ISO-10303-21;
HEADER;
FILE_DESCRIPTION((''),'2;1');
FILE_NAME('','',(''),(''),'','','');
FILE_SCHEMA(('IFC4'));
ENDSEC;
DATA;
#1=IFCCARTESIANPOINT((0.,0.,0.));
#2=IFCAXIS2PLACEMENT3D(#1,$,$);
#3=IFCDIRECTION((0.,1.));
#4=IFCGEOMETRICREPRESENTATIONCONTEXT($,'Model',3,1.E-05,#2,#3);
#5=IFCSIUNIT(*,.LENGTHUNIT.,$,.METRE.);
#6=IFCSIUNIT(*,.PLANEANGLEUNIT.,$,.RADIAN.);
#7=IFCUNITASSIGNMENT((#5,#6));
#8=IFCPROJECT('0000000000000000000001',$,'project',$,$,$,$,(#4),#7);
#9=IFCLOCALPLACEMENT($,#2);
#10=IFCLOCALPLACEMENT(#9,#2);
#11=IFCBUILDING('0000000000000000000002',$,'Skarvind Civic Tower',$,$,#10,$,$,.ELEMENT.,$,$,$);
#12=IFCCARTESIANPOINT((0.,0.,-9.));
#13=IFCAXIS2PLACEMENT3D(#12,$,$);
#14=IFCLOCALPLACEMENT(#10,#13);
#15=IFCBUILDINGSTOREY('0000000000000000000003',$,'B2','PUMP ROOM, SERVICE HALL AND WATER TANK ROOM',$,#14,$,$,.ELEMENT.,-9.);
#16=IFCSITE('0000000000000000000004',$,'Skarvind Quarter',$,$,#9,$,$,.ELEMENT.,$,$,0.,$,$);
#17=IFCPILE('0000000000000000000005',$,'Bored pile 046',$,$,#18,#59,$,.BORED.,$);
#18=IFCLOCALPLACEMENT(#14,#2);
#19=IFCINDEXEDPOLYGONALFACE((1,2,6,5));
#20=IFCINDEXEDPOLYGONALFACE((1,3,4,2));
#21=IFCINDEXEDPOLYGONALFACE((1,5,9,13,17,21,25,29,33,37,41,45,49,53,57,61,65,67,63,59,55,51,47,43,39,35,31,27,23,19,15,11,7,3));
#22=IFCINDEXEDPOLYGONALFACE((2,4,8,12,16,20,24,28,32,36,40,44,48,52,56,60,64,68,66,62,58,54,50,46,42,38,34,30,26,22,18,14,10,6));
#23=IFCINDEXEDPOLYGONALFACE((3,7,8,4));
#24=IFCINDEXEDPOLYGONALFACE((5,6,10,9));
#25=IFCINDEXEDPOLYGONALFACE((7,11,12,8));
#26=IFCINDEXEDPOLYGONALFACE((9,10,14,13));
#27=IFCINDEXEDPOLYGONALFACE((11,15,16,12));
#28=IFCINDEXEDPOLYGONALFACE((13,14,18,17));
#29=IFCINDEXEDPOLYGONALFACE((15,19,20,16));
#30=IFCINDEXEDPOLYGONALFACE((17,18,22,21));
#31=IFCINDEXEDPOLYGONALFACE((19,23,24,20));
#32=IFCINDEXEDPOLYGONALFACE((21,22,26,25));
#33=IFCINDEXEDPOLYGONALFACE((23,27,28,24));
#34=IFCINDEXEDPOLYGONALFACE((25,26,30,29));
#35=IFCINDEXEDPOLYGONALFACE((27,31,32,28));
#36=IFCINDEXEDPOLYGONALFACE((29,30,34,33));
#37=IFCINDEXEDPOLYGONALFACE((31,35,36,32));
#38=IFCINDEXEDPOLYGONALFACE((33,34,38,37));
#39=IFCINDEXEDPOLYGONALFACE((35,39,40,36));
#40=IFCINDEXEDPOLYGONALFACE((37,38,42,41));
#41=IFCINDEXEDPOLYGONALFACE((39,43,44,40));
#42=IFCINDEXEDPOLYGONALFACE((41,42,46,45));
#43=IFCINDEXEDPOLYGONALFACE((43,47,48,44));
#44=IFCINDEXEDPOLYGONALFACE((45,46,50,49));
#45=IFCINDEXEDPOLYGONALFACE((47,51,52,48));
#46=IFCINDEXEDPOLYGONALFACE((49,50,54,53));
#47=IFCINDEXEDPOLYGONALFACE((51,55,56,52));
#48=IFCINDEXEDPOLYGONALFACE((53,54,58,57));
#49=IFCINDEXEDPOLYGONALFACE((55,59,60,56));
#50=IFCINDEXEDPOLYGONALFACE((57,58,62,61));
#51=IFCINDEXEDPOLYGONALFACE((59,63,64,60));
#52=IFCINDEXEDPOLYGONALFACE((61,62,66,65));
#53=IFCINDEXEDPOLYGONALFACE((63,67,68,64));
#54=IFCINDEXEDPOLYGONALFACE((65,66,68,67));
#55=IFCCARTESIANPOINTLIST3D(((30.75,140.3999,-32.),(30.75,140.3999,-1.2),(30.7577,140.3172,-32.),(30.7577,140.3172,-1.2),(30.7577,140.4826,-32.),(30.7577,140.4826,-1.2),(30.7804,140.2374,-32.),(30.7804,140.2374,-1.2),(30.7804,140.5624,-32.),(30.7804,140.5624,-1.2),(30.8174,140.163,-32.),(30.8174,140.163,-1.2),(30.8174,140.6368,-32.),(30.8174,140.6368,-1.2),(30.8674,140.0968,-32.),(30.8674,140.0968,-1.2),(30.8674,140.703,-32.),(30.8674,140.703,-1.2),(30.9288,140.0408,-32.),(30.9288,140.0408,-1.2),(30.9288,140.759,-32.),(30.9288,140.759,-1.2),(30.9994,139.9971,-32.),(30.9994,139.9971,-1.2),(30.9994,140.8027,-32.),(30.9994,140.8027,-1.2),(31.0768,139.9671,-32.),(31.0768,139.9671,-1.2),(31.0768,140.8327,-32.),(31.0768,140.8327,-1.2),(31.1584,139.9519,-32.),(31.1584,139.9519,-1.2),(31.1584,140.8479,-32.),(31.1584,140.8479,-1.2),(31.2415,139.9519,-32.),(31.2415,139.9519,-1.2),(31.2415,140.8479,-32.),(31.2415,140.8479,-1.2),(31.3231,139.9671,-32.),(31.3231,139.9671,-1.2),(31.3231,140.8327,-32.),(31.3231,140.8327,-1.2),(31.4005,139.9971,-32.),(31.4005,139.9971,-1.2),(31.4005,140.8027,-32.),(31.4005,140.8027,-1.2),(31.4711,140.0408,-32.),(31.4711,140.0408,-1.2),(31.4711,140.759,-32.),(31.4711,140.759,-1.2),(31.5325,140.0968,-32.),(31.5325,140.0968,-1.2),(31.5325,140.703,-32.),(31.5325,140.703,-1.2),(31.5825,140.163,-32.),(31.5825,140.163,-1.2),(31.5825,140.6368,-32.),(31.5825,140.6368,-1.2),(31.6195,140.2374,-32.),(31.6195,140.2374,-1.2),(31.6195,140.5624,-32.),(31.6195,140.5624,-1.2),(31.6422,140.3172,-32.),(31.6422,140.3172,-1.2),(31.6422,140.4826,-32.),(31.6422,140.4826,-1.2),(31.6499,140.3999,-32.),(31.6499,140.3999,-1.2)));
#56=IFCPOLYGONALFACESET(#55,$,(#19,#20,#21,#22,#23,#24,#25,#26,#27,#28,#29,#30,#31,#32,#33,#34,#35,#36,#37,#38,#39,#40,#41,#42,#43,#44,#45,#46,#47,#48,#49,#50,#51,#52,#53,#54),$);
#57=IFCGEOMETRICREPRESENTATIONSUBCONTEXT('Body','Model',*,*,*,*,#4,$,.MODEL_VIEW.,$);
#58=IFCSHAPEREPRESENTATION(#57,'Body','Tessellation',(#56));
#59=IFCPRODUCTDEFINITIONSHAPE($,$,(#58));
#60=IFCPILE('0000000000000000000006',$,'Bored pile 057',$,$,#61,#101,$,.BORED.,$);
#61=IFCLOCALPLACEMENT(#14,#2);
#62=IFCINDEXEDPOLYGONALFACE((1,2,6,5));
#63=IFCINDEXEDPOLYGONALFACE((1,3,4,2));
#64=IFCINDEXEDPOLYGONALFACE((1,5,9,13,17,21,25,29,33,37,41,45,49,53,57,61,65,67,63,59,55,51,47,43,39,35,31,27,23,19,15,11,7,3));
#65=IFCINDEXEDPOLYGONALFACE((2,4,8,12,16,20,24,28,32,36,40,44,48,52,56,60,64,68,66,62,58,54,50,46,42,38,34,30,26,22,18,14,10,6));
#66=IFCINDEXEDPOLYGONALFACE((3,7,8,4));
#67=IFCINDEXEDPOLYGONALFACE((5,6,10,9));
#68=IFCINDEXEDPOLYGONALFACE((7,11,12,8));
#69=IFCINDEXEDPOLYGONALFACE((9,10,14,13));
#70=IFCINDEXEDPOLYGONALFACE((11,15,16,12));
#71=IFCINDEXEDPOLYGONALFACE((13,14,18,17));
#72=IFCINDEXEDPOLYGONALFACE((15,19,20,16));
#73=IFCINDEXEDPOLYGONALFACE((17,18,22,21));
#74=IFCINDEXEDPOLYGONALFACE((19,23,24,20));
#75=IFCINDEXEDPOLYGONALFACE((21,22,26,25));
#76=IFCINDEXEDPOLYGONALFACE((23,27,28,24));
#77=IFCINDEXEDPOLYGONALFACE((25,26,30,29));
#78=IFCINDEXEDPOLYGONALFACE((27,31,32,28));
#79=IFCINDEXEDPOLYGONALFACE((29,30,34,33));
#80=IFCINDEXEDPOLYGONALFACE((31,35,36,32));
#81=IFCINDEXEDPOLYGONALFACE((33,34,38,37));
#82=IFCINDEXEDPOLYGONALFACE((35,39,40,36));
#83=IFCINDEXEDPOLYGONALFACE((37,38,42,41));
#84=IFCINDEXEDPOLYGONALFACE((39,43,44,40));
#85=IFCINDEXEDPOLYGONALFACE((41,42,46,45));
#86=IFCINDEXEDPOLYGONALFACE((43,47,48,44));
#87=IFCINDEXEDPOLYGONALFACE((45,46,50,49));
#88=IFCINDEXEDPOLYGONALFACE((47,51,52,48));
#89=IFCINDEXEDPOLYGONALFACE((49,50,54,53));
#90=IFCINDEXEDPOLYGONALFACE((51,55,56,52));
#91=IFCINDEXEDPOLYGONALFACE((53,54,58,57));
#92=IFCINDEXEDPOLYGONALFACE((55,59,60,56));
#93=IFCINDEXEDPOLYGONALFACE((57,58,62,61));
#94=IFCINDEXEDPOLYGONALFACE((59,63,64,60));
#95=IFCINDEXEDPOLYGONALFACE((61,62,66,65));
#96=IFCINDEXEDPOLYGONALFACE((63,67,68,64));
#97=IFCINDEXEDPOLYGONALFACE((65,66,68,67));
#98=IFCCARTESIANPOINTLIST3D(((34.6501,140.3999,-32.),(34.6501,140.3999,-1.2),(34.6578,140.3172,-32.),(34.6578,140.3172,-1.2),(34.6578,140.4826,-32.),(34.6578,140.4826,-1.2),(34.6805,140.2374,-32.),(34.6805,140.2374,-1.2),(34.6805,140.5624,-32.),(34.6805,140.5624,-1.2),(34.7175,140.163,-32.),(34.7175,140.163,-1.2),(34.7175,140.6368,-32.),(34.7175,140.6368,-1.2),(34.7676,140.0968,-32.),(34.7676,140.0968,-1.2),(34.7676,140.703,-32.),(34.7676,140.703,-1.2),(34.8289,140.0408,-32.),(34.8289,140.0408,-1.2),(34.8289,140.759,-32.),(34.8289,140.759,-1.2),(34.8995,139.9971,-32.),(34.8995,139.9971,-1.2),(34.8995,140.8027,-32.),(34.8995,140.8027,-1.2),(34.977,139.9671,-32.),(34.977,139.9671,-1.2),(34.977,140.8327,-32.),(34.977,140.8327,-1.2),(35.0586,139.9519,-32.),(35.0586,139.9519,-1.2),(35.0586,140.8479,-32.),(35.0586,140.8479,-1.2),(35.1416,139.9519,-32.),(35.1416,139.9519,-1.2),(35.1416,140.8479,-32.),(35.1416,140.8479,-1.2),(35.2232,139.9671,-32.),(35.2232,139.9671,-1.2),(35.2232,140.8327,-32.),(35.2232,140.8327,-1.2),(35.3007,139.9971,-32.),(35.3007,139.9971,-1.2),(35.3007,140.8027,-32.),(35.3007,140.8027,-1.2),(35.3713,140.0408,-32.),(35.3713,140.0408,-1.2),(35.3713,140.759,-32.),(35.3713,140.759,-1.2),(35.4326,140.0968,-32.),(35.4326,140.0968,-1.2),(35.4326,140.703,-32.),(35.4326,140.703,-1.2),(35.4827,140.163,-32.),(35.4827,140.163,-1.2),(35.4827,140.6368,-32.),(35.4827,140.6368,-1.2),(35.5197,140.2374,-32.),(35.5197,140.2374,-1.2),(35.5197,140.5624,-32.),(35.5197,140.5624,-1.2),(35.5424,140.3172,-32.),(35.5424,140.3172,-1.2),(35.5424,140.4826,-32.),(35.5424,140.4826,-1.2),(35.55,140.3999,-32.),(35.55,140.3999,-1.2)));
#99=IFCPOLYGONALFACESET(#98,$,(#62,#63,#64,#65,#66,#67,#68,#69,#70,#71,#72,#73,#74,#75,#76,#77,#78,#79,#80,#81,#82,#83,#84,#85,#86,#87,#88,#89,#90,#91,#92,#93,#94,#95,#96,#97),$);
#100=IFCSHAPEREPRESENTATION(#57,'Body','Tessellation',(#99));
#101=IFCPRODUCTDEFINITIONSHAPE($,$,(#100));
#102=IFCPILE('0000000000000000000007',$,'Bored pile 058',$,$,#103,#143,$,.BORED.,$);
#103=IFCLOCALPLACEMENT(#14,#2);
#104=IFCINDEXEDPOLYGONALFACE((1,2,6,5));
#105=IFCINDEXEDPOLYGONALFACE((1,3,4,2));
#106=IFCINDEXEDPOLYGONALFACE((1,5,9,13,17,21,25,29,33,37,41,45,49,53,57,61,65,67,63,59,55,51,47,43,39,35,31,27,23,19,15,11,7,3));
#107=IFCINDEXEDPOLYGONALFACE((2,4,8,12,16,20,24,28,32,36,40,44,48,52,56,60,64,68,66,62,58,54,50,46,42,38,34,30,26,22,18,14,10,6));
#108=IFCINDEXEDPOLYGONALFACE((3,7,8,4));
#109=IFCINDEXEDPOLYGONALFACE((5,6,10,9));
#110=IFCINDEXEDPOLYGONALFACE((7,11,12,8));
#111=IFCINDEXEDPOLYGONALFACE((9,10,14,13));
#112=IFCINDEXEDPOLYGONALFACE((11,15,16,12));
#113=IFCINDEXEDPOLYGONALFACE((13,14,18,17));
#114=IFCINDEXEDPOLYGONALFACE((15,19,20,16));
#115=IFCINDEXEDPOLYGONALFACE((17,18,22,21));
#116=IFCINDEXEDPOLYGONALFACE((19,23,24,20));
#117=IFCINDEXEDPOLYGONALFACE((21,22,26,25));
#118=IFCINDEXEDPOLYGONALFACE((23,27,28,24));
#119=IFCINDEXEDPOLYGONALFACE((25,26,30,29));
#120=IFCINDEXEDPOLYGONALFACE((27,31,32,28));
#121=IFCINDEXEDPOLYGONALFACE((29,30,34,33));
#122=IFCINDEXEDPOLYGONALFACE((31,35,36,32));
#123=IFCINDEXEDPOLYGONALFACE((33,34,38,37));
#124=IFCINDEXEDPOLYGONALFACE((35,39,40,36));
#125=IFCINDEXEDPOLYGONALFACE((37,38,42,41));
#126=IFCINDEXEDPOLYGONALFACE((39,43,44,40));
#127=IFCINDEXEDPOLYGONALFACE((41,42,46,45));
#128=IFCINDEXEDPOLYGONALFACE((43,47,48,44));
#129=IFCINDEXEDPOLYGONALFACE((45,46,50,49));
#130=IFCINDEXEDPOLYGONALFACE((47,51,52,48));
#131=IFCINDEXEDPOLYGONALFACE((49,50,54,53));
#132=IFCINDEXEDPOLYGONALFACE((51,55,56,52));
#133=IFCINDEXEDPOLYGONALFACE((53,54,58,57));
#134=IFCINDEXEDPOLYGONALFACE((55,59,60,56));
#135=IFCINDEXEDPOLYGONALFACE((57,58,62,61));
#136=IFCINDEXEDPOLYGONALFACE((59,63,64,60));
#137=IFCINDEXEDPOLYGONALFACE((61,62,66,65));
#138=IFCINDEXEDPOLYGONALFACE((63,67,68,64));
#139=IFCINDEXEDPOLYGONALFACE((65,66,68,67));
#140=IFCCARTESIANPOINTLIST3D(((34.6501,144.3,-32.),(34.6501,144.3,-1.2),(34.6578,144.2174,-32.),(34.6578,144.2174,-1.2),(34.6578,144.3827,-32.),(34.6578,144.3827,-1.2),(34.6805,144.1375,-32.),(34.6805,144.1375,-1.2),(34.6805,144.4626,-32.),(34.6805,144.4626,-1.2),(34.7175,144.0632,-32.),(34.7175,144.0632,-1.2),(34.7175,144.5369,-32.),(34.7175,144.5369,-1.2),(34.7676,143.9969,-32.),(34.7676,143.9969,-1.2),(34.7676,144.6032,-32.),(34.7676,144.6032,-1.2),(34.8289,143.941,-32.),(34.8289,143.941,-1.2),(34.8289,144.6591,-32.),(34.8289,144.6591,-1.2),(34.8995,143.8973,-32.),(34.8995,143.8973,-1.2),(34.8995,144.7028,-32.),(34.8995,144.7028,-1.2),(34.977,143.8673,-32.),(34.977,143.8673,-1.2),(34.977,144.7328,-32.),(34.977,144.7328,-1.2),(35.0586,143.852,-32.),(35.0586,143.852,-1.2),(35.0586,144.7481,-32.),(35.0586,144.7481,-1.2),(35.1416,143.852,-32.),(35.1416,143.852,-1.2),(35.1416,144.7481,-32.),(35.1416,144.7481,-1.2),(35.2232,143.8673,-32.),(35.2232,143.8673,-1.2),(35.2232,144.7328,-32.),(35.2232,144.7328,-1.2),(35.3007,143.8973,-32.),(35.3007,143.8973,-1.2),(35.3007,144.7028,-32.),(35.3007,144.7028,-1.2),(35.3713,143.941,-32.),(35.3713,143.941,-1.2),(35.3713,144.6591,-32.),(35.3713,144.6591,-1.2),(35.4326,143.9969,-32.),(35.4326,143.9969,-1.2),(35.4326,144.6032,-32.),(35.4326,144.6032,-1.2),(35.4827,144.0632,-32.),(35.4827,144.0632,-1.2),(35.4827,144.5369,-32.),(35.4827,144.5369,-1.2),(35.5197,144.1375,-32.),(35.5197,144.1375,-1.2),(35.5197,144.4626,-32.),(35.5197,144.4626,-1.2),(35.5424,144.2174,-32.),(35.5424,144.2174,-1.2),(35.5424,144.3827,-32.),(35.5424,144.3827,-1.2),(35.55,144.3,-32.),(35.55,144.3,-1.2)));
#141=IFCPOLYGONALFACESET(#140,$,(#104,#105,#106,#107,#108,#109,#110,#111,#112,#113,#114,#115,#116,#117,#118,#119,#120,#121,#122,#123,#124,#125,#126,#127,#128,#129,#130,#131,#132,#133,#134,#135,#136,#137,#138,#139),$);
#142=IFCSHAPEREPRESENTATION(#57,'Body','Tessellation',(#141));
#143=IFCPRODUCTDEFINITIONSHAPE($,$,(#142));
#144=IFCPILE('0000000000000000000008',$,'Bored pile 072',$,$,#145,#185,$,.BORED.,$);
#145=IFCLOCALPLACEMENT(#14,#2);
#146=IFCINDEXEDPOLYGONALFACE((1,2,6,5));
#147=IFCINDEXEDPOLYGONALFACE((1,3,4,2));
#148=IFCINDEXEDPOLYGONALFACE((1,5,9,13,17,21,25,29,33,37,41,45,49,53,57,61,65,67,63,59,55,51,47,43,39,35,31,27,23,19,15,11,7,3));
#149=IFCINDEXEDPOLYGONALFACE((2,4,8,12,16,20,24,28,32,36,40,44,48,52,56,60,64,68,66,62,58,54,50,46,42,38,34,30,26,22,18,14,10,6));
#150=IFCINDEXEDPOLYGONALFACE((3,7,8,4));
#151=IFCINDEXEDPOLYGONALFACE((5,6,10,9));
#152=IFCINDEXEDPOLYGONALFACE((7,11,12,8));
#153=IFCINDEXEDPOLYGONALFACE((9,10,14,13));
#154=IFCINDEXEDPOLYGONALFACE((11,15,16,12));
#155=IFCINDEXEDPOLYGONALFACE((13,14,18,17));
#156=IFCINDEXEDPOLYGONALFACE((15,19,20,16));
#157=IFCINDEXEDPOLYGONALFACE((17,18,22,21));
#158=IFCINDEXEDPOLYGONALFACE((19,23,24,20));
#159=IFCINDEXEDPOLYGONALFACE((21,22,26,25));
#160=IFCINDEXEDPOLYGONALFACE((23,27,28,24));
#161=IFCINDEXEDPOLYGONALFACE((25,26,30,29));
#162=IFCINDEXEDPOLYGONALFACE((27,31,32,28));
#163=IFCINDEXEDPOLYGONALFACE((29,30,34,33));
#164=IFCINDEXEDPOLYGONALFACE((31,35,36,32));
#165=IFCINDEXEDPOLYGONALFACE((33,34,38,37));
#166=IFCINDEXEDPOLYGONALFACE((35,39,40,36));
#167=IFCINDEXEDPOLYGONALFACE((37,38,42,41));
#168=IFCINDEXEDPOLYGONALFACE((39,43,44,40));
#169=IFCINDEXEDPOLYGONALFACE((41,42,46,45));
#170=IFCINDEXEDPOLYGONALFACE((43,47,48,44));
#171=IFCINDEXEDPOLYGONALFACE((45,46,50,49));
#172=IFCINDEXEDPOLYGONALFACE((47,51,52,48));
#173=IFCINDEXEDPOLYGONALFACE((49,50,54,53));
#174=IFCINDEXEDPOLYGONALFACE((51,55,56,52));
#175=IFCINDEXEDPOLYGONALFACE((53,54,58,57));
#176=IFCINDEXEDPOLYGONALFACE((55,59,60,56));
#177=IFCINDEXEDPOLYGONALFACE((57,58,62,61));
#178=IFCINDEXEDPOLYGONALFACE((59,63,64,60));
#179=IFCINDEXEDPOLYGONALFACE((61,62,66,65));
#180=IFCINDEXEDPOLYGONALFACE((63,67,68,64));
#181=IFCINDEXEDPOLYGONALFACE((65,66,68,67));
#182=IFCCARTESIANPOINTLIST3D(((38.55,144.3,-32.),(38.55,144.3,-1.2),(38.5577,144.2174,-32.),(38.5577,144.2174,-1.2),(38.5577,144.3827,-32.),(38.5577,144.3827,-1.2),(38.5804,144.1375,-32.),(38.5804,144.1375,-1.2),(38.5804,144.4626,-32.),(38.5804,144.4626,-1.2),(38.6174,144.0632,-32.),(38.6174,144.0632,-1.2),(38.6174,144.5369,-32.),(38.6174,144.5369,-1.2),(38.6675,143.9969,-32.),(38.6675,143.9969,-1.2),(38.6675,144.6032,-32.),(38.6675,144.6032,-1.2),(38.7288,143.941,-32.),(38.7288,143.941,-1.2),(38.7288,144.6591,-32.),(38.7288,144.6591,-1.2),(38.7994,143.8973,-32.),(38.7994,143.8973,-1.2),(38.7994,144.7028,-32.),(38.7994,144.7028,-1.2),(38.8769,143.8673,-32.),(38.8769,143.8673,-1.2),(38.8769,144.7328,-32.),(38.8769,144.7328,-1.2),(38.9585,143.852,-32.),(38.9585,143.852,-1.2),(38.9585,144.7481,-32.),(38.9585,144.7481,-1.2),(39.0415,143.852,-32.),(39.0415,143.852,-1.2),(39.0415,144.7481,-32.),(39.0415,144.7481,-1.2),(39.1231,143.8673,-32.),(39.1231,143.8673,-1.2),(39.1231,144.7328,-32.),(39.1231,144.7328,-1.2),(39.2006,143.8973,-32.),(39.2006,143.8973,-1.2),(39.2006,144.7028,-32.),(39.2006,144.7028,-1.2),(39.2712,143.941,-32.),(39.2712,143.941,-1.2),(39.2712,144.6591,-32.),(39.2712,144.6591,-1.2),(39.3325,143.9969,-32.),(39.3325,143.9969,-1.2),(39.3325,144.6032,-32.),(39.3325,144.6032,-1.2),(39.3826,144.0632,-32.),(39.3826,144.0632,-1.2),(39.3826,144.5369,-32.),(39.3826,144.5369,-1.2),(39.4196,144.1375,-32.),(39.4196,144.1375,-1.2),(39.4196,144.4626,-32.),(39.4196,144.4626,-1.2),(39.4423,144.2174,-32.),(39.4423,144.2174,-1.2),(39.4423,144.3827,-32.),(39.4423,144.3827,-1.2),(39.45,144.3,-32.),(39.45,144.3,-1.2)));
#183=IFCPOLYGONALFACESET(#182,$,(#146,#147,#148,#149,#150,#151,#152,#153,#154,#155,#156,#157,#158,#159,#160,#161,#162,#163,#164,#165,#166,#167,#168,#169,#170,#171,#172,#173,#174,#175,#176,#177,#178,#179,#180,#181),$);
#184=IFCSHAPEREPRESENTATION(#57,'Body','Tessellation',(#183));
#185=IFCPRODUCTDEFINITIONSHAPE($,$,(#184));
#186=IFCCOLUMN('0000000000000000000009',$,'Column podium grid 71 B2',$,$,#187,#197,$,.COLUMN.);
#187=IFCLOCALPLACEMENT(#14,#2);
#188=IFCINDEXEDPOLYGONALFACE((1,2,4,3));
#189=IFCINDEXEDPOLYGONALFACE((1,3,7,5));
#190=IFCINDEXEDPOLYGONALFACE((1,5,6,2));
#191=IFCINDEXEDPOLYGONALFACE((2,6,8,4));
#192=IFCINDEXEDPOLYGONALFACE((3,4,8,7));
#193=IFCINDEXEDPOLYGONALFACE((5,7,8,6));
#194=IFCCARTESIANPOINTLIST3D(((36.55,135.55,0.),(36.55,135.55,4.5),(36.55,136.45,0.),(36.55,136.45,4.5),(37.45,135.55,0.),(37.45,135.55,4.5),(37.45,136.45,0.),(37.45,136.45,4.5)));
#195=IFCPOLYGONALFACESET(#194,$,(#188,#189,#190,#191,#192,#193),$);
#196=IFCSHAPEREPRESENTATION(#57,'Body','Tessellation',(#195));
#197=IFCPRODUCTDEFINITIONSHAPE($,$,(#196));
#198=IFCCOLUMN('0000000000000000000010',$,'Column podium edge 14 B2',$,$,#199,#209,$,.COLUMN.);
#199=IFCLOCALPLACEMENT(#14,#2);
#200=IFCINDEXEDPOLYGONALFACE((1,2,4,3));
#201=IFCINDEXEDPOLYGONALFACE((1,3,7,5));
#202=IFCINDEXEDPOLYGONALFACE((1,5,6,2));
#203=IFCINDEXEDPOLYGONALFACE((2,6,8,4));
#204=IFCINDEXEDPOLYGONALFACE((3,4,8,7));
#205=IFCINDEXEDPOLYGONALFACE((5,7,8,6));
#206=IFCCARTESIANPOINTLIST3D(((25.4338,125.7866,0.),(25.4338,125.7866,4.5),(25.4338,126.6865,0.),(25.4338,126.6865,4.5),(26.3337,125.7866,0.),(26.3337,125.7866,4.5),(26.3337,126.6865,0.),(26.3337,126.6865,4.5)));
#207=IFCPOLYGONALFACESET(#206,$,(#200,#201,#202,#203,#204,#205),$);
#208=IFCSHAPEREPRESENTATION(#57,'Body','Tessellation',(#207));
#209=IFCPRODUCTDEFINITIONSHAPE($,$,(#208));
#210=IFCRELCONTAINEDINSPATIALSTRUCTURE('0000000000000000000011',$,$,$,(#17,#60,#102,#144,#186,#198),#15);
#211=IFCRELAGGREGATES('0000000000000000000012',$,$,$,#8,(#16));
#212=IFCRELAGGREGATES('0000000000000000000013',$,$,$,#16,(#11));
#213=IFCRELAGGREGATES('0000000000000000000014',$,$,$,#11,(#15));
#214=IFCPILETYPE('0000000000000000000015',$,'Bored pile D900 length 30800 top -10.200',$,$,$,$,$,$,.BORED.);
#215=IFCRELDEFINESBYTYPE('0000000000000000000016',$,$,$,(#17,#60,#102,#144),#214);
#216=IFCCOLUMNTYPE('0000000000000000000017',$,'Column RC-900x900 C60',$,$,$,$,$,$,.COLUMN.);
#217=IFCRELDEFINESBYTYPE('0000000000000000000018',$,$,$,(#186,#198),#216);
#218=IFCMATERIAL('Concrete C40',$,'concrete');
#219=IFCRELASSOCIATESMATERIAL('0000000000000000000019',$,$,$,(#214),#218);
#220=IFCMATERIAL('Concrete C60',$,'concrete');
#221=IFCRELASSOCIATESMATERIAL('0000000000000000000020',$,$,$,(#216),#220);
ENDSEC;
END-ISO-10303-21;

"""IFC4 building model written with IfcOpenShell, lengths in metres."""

from ifc_helpers import new_model, si_unit, direction, frame, origin, origin_2d, place, context, subcontext, project, spatial, rectangle, circle, extrude, material, material_profile, profile_set, type_object, element, save


model = new_model("IFC4")

# Units and contexts
model_context = context("Model", 3, precision=1e-05, world=origin(), true_north=direction((0.0, 1.0)))
body_context = subcontext(model_context, "Body", "Model", "MODEL_VIEW")
ifc_project = project(units=[si_unit("LENGTHUNIT", "METRE"), si_unit("PLANEANGLEUNIT", "RADIAN")], contexts=[model_context])

# Site, building, storey
site_placement = place(None, origin())
site = spatial("IfcSite", under=ifc_project, at=site_placement, Name="Skarvind Quarter", CompositionType="ELEMENT", RefElevation=0.0)
building_placement = place(site_placement, origin())
building = spatial("IfcBuilding", under=site, at=building_placement, Name="Skarvind Civic Tower", CompositionType="ELEMENT")
storey_placement = place(building_placement, frame((0.0, 0.0, -9.0)))
storey = spatial("IfcBuildingStorey", under=building, at=storey_placement, Name="B2", Description="PUMP ROOM, SERVICE HALL AND WATER TANK ROOM", CompositionType="ELEMENT", Elevation=-9.0)

# Piles
ifc_material_1 = material(Name="Concrete C40", Category="concrete")
pile_type_1 = type_object("IfcPileType", Name="Bored pile D900 length 30800 top -10.200", PredefinedType="BORED", material=ifc_material_1)
for number, where, z_axis, x_axis, name in (
    (1, (31.2, 140.3999, -1.2), (0.0, 0.0, -1.0), (1.0, 0.0, 0.0), "Bored pile 046"),
    (2, (35.1001, 140.3999, -1.2), (0.0, 0.0, -1.0), (1.0, 0.0, 0.0), "Bored pile 057"),
    (3, (35.1001, 144.3, -1.2), (0.0, 0.0, -1.0), (1.0, 0.0, 0.0), "Bored pile 058"),
    (4, (39.0, 144.3, -1.2), (0.0, 0.0, -1.0), (1.0, 0.0, 0.0), "Bored pile 072"),
):
    element("IfcPile", number, at=place(storey_placement, frame(where, z_axis=z_axis, x_axis=x_axis)), inside=storey, type_object=pile_type_1, Name=name, PredefinedType="BORED", context=body_context, shape_type="SweptSolid", body=[
        extrude(circle(Radius=0.45, at=origin_2d()), origin(), (0.0, 0.0, 1.0), 30.8),
    ])

# Columns
ifc_material_2 = material(Name="Concrete C60", Category="concrete")
ifc_material_profile_1 = material_profile(ifc_material_2, rectangle(XDim=0.8999, YDim=0.8999, at=origin_2d()), Name="RC-900x900")
ifc_profile_set_1 = profile_set([ifc_material_profile_1], Name="Concrete C60")
column_type_1 = type_object("IfcColumnType", Name="Column RC-900x900 C60", PredefinedType="COLUMN", material=ifc_profile_set_1)
for number, where, z_axis, x_axis, name in (
    (5, (37.0, 136.0, 0.0), (0.0, 0.0, 1.0), (1.0, 0.0, 0.0), "Column podium grid 71 B2"),
    (6, (25.8838, 126.2366, 0.0), (0.0, 0.0, 1.0), (1.0, 0.0, 0.0), "Column podium edge 14 B2"),
):
    element("IfcColumn", number, at=place(storey_placement, frame(where, z_axis=z_axis, x_axis=x_axis)), inside=storey, type_object=column_type_1, Name=name, PredefinedType="COLUMN", context=body_context, shape_type="SweptSolid", body=[
        extrude(rectangle(XDim=0.8999, YDim=0.8999, at=origin_2d()), origin(), (0.0, 0.0, 1.0), 4.5),
    ])

save(model, "model.ifc")
